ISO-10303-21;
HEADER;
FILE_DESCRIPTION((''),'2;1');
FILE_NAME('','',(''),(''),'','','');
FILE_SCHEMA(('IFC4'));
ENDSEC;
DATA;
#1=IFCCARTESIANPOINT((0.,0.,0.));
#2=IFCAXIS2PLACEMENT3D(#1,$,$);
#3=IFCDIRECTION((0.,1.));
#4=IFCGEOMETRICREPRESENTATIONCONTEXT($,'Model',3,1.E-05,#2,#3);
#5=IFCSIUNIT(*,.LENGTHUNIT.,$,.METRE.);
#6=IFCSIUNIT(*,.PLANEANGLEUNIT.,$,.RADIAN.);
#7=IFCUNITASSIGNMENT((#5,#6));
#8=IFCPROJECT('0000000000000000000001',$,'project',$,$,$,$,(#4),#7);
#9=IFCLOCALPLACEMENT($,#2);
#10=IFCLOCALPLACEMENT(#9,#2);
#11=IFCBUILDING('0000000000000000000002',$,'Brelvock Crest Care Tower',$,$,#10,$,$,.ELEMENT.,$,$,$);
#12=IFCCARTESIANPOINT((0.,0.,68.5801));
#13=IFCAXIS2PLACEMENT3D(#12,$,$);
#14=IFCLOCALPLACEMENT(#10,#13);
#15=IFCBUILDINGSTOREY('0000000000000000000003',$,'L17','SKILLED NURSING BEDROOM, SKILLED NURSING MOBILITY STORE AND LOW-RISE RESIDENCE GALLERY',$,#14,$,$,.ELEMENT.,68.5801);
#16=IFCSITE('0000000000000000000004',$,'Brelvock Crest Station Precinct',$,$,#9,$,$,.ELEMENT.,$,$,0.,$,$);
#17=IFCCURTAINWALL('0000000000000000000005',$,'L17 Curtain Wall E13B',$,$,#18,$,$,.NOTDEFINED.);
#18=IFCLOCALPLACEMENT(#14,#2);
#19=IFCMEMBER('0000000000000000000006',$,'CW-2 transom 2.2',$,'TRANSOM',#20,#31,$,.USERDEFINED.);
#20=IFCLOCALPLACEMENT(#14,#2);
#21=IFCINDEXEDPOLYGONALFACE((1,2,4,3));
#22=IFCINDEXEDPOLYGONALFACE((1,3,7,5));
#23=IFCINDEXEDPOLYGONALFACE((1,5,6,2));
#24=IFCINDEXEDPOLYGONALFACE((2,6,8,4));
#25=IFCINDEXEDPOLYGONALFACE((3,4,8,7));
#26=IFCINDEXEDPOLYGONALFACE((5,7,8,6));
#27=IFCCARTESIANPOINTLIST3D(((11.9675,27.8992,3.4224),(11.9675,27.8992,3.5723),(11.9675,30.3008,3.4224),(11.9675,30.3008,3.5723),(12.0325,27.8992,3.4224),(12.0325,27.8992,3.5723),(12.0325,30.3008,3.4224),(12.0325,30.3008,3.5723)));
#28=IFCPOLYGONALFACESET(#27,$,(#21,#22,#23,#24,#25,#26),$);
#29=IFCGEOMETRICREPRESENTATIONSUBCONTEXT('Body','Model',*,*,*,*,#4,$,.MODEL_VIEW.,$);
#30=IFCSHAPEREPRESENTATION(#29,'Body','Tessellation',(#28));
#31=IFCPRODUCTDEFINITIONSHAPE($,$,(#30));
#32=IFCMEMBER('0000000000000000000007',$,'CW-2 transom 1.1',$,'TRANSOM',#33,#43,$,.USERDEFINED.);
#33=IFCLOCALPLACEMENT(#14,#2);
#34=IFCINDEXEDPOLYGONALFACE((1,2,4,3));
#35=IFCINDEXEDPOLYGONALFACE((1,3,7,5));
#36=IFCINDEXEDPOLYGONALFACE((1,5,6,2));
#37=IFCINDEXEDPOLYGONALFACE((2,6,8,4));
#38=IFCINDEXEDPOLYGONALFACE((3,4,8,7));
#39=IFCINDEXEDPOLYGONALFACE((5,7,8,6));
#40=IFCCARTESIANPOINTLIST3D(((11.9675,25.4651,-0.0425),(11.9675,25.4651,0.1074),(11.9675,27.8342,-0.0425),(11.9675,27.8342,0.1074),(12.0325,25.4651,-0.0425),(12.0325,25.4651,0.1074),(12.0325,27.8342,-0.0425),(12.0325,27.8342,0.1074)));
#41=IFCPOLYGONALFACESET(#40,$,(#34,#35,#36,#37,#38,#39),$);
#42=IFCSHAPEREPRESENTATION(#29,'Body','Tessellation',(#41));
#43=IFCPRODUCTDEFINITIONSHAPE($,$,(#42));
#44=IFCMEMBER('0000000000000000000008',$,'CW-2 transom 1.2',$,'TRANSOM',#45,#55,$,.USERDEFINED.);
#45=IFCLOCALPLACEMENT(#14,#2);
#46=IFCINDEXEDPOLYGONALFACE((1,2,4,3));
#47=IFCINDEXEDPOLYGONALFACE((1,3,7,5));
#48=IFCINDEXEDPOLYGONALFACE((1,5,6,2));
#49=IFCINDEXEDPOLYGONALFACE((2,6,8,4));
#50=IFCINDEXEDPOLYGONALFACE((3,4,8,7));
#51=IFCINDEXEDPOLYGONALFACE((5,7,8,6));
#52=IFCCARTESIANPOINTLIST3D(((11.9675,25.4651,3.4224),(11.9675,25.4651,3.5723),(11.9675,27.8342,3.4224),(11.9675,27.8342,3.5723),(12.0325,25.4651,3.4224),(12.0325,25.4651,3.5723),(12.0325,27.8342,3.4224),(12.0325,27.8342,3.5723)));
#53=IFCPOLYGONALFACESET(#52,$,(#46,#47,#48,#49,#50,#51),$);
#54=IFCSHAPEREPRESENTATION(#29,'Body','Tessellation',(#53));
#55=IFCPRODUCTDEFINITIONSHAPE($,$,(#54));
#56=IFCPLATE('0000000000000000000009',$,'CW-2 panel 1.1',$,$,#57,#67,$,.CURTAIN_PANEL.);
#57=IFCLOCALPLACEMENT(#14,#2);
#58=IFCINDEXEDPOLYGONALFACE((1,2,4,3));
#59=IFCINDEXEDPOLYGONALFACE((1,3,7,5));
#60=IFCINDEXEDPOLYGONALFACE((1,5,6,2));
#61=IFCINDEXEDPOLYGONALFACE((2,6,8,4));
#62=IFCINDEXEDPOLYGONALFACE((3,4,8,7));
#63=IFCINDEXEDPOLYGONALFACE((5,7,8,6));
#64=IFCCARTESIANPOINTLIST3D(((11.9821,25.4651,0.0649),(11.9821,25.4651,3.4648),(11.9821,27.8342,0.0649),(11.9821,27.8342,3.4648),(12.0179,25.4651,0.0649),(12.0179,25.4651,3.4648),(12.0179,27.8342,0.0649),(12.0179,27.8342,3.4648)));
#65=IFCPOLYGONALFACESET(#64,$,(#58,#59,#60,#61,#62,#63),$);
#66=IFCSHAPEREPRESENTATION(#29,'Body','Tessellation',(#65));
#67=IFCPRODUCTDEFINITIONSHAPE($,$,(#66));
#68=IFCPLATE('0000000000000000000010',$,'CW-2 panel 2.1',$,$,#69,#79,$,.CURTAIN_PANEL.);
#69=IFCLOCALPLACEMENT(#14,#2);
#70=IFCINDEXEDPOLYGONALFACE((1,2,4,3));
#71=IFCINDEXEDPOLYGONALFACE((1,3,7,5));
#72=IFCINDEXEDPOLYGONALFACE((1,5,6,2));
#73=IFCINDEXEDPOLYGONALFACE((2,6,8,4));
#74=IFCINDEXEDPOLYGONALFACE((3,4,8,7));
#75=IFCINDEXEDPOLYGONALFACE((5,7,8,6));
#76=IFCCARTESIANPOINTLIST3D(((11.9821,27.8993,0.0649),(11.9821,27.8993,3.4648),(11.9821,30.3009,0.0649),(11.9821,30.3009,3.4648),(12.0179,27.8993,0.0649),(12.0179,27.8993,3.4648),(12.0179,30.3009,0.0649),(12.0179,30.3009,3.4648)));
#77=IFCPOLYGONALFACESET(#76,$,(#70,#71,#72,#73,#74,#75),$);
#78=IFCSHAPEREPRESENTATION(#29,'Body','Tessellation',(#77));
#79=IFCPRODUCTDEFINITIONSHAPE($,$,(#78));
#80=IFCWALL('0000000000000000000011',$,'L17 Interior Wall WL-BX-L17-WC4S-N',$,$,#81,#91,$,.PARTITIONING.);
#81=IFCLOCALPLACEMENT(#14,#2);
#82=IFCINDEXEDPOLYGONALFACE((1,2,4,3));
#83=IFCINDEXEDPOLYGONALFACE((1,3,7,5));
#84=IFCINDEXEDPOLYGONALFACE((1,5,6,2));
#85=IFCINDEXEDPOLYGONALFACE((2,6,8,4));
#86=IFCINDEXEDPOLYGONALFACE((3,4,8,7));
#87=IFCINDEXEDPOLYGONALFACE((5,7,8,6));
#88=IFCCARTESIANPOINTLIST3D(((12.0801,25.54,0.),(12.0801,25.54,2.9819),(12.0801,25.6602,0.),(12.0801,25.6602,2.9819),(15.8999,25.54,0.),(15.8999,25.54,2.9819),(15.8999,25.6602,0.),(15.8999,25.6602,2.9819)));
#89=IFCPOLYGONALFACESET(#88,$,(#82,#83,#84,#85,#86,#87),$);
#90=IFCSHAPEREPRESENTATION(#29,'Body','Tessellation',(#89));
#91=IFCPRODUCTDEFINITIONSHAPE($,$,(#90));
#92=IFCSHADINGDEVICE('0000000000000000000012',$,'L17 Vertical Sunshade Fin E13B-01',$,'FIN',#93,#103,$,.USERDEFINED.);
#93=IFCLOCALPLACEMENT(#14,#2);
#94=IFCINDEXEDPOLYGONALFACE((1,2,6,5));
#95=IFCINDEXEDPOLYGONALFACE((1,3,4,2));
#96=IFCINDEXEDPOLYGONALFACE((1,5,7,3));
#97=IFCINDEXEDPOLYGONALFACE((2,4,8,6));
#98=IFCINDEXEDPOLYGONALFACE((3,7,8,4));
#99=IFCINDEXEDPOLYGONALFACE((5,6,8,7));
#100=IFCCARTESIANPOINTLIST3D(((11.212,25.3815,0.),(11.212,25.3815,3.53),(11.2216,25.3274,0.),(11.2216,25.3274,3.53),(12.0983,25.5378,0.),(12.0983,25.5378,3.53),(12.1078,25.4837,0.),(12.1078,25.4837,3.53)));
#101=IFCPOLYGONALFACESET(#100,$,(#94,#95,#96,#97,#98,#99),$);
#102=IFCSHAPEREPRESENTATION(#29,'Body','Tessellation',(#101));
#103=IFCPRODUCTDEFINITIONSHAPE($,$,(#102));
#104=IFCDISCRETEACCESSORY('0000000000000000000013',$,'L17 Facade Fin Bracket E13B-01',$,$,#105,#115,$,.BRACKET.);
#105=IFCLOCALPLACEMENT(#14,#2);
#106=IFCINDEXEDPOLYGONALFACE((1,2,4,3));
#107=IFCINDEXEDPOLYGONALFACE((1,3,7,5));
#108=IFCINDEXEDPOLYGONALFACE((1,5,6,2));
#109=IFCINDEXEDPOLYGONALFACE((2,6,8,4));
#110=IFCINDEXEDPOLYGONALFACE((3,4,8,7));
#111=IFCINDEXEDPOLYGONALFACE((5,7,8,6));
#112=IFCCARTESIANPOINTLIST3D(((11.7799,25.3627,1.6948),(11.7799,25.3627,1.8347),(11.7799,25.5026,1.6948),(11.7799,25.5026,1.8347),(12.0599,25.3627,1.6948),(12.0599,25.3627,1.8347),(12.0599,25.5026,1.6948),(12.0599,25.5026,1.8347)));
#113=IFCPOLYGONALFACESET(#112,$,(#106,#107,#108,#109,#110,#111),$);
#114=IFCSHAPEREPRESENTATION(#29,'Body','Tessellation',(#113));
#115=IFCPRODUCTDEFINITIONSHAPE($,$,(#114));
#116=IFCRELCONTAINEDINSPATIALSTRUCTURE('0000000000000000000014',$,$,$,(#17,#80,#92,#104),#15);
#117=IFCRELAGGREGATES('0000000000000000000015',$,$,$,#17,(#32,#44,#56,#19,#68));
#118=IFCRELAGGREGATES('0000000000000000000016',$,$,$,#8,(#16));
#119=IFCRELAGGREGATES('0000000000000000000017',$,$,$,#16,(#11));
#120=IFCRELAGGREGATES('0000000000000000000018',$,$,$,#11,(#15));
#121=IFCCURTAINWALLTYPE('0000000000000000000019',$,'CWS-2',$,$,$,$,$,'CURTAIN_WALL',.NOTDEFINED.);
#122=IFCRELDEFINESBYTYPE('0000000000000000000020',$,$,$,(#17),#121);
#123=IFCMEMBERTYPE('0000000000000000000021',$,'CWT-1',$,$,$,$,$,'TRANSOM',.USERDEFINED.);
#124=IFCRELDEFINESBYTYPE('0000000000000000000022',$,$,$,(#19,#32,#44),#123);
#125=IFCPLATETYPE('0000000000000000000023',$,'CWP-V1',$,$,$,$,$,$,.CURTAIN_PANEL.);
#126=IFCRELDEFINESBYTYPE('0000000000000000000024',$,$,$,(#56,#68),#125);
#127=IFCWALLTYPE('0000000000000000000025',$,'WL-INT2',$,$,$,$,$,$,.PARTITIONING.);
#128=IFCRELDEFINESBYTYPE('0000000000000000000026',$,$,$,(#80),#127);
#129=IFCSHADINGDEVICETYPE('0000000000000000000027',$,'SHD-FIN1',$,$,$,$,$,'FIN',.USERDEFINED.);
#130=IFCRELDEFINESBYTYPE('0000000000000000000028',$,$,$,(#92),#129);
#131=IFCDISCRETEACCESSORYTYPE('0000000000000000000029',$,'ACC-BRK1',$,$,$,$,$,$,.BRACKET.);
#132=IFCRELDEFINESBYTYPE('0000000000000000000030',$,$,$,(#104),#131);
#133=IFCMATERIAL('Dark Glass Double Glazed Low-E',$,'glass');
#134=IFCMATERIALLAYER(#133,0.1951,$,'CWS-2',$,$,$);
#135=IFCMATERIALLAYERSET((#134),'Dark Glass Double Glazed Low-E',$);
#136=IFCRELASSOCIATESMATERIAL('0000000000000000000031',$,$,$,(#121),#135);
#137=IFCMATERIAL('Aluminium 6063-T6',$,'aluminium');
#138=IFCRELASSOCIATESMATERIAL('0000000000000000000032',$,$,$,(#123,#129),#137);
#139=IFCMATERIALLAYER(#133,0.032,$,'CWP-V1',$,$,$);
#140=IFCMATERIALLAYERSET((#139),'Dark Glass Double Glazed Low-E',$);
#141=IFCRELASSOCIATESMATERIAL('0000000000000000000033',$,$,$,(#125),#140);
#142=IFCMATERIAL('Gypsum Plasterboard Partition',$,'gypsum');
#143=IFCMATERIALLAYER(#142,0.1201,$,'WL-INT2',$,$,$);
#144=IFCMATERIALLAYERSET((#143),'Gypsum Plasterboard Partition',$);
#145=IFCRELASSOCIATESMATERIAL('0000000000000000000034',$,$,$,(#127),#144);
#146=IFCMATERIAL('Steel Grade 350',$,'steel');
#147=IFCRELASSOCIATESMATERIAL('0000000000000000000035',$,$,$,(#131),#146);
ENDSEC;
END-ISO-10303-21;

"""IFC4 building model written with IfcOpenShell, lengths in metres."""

from ifc_helpers import new_model, si_unit, direction, frame, frame_2d, origin, origin_2d, place, context, subcontext, project, spatial, rectangle, extrude, source, transform, mapped, material, layer, layer_set, material_profile, profile_set, type_object, element, aggregate, save


model = new_model("IFC4")

# Units and contexts
model_context = context("Model", 3, precision=1e-05, world=origin(), true_north=direction((0.0, 1.0)))
body_context = subcontext(model_context, "Body", "Model", "MODEL_VIEW")
ifc_project = project(units=[si_unit("LENGTHUNIT", "METRE"), si_unit("PLANEANGLEUNIT", "RADIAN")], contexts=[model_context])

# Site, building, storey
site_placement = place(None, origin())
site = spatial("IfcSite", under=ifc_project, at=site_placement, Name="Brelvock Crest Station Precinct", CompositionType="ELEMENT", RefElevation=0.0)
building_placement = place(site_placement, origin())
building = spatial("IfcBuilding", under=site, at=building_placement, Name="Brelvock Crest Care Tower", CompositionType="ELEMENT")
storey_placement = place(building_placement, frame((0.0, 0.0, 68.5801)))
storey = spatial("IfcBuildingStorey", under=building, at=storey_placement, Name="L17", Description="SKILLED NURSING BEDROOM, SKILLED NURSING MOBILITY STORE AND LOW-RISE RESIDENCE GALLERY", CompositionType="ELEMENT", Elevation=68.5801)

# Shared definitions
ifc_material_1 = material(Name="Steel Grade 350", Category="steel")

# Curtain wall, members, plates
ifc_material_2 = material(Name="Dark Glass Double Glazed Low-E", Category="glass")
ifc_layer_1 = layer(ifc_material_2, 0.1951, Name="CWS-2")
ifc_layer_set_1 = layer_set([ifc_layer_1], Name="Dark Glass Double Glazed Low-E")
curtain_wall_type = type_object("IfcCurtainWallType", Name="CWS-2", ElementType="CURTAIN_WALL", PredefinedType="NOTDEFINED", material=ifc_layer_set_1)
curtain_wall_placement = place(storey_placement, origin())
curtain_wall = element("IfcCurtainWall", 1, at=curtain_wall_placement, inside=storey, type_object=curtain_wall_type, Name="L17 Curtain Wall E13B", PredefinedType="NOTDEFINED")
ifc_material_3 = material(Name="Aluminium 6063-T6", Category="aluminium")
ifc_material_profile_1 = material_profile(ifc_material_3, rectangle(XDim=0.0649, YDim=0.1499, at=origin_2d()), Name="ALU65x150")
ifc_profile_set_1 = profile_set([ifc_material_profile_1], Name="Aluminium 6063-T6")
member_type_1 = type_object("IfcMemberType", Name="CWT-1", ElementType="TRANSOM", PredefinedType="USERDEFINED", material=ifc_profile_set_1)
shared_shape_1 = source(origin(), body_context, "Body", "SweptSolid", [
    extrude(rectangle(XDim=0.0649, YDim=0.1499, at=origin_2d()), origin(), (0.0, 0.0, 1.0), 2.4016),
])
member_1_placement = place(storey_placement, frame((12.0, 27.8992, 3.4973), z_axis=(0.0, 1.0, 0.0), x_axis=(-1.0, 0.0, 0.0)))
member_1 = element("IfcMember", 2, at=member_1_placement, type_object=member_type_1, Name="CW-2 transom 2.2", ObjectType="TRANSOM", PredefinedType="USERDEFINED", context=body_context, shape_type="MappedRepresentation", body=[
    mapped(shared_shape_1, transform((0.0, 0.0, 0.0), x_axis=(1.0, 0.0, 0.0), y_axis=(0.0, 1.0, 0.0), z_axis=(0.0, 0.0, 1.0), scale=1.0)),
])
shared_shape_2 = source(origin(), body_context, "Body", "SweptSolid", [
    extrude(rectangle(XDim=0.0649, YDim=0.1499, at=origin_2d()), origin(), (0.0, 0.0, 1.0), 2.3691),
])
member_2_placement = place(storey_placement, frame((12.0, 25.4651, 0.0325), z_axis=(0.0, 1.0, 0.0), x_axis=(-1.0, 0.0, 0.0)))
member_2 = element("IfcMember", 3, at=member_2_placement, type_object=member_type_1, Name="CW-2 transom 1.1", ObjectType="TRANSOM", PredefinedType="USERDEFINED", context=body_context, shape_type="MappedRepresentation", body=[
    mapped(shared_shape_2, transform((0.0, 0.0, 0.0), x_axis=(1.0, 0.0, 0.0), y_axis=(0.0, 1.0, 0.0), z_axis=(0.0, 0.0, 1.0), scale=1.0)),
])
member_3_placement = place(storey_placement, frame((12.0, 25.4651, 3.4973), z_axis=(0.0, 1.0, 0.0), x_axis=(-1.0, 0.0, 0.0)))
member_3 = element("IfcMember", 4, at=member_3_placement, type_object=member_type_1, Name="CW-2 transom 1.2", ObjectType="TRANSOM", PredefinedType="USERDEFINED", context=body_context, shape_type="MappedRepresentation", body=[
    mapped(shared_shape_2, transform((0.0, 0.0, 0.0), x_axis=(1.0, 0.0, 0.0), y_axis=(0.0, 1.0, 0.0), z_axis=(0.0, 0.0, 1.0), scale=1.0)),
])
ifc_layer_2 = layer(ifc_material_2, 0.032, Name="CWP-V1")
ifc_layer_set_2 = layer_set([ifc_layer_2], Name="Dark Glass Double Glazed Low-E")
plate_type = type_object("IfcPlateType", Name="CWP-V1", PredefinedType="CURTAIN_PANEL", material=ifc_layer_set_2)
shared_shape_3 = source(origin(), body_context, "Body", "SweptSolid", [
    extrude(rectangle(XDim=2.3691, YDim=0.0359, at=origin_2d()), origin(), (0.0, 0.0, 1.0), 3.3999),
])
plate_1_placement = place(storey_placement, frame((12.0, 26.6497, 0.0649), z_axis=(0.0, 0.0, 1.0), x_axis=(0.0, 1.0, 0.0)))
plate_1 = element("IfcPlate", 5, at=plate_1_placement, type_object=plate_type, Name="CW-2 panel 1.1", PredefinedType="CURTAIN_PANEL", context=body_context, shape_type="MappedRepresentation", body=[
    mapped(shared_shape_3, transform((0.0, 0.0, 0.0), x_axis=(1.0, 0.0, 0.0), y_axis=(0.0, 1.0, 0.0), z_axis=(0.0, 0.0, 1.0), scale=1.0)),
])
shared_shape_4 = source(origin(), body_context, "Body", "SweptSolid", [
    extrude(rectangle(XDim=2.4016, YDim=0.0359, at=origin_2d()), origin(), (0.0, 0.0, 1.0), 3.3999),
])
plate_2_placement = place(storey_placement, frame((12.0, 29.1001, 0.0649), z_axis=(0.0, 0.0, 1.0), x_axis=(0.0, 1.0, 0.0)))
plate_2 = element("IfcPlate", 6, at=plate_2_placement, type_object=plate_type, Name="CW-2 panel 2.1", PredefinedType="CURTAIN_PANEL", context=body_context, shape_type="MappedRepresentation", body=[
    mapped(shared_shape_4, transform((0.0, 0.0, 0.0), x_axis=(1.0, 0.0, 0.0), y_axis=(0.0, 1.0, 0.0), z_axis=(0.0, 0.0, 1.0), scale=1.0)),
])
aggregate(curtain_wall, [member_2, member_3, plate_1, member_1, plate_2])

# Wall
ifc_material_4 = material(Name="Gypsum Plasterboard Partition", Category="gypsum")
ifc_layer_3 = layer(ifc_material_4, 0.1201, Name="WL-INT2")
ifc_layer_set_3 = layer_set([ifc_layer_3], Name="Gypsum Plasterboard Partition")
wall_type = type_object("IfcWallType", Name="WL-INT2", PredefinedType="PARTITIONING", material=ifc_layer_set_3)
wall_placement = place(storey_placement, frame((12.0801, 25.6001, 0.0), z_axis=(0.0, 0.0, 1.0), x_axis=(1.0, 0.0, 0.0)))
element("IfcWall", 7, at=wall_placement, inside=storey, type_object=wall_type, Name="L17 Interior Wall WL-BX-L17-WC4S-N", PredefinedType="PARTITIONING", context=body_context, shape_type="SweptSolid", body=[
    extrude(rectangle(XDim=3.8198, YDim=0.1201, at=frame_2d((1.9099, 0.0))), origin(), (0.0, 0.0, 1.0), 2.9819),
])

# Shading device
ifc_material_profile_2 = material_profile(ifc_material_3, rectangle(XDim=0.0549, YDim=0.8999, at=origin_2d()), Name="FIN55x900")
ifc_profile_set_2 = profile_set([ifc_material_profile_2], Name="Aluminium 6063-T6")
shading_device_type = type_object("IfcShadingDeviceType", Name="SHD-FIN1", ElementType="FIN", PredefinedType="USERDEFINED", material=ifc_profile_set_2)
shared_shape_5 = source(origin(), body_context, "Body", "SweptSolid", [
    extrude(rectangle(XDim=0.0549, YDim=0.8999, at=origin_2d()), origin(), (0.0, 0.0, 1.0), 3.53),
])
shading_device_placement = place(storey_placement, frame((11.6599, 25.4326, 0.0), z_axis=(0.0, 0.0, 1.0), x_axis=(-0.173648, 0.984808, 0.0)))
element("IfcShadingDevice", 8, at=shading_device_placement, inside=storey, type_object=shading_device_type, Name="L17 Vertical Sunshade Fin E13B-01", ObjectType="FIN", PredefinedType="USERDEFINED", context=body_context, shape_type="MappedRepresentation", body=[
    mapped(shared_shape_5, transform((0.0, 0.0, 0.0), x_axis=(1.0, 0.0, 0.0), y_axis=(0.0, 1.0, 0.0), z_axis=(0.0, 0.0, 1.0), scale=1.0)),
])

# Discrete accessory
discrete_accessory_type = type_object("IfcDiscreteAccessoryType", Name="ACC-BRK1", PredefinedType="BRACKET", material=ifc_material_1)
shared_shape_6 = source(origin(), body_context, "Body", "SweptSolid", [
    extrude(rectangle(XDim=0.28, YDim=0.1399, at=origin_2d()), origin(), (0.0, 0.0, 1.0), 0.1399),
])
discrete_accessory_placement = place(storey_placement, frame((11.9199, 25.4326, 1.6948), z_axis=(0.0, 0.0, 1.0), x_axis=(-1.0, 0.0, 0.0)))
element("IfcDiscreteAccessory", 9, at=discrete_accessory_placement, inside=storey, type_object=discrete_accessory_type, Name="L17 Facade Fin Bracket E13B-01", PredefinedType="BRACKET", context=body_context, shape_type="MappedRepresentation", body=[
    mapped(shared_shape_6, transform((0.0, 0.0, 0.0), x_axis=(1.0, 0.0, 0.0), y_axis=(0.0, 1.0, 0.0), z_axis=(0.0, 0.0, 1.0), scale=1.0)),
])

save(model, "model.ifc")
